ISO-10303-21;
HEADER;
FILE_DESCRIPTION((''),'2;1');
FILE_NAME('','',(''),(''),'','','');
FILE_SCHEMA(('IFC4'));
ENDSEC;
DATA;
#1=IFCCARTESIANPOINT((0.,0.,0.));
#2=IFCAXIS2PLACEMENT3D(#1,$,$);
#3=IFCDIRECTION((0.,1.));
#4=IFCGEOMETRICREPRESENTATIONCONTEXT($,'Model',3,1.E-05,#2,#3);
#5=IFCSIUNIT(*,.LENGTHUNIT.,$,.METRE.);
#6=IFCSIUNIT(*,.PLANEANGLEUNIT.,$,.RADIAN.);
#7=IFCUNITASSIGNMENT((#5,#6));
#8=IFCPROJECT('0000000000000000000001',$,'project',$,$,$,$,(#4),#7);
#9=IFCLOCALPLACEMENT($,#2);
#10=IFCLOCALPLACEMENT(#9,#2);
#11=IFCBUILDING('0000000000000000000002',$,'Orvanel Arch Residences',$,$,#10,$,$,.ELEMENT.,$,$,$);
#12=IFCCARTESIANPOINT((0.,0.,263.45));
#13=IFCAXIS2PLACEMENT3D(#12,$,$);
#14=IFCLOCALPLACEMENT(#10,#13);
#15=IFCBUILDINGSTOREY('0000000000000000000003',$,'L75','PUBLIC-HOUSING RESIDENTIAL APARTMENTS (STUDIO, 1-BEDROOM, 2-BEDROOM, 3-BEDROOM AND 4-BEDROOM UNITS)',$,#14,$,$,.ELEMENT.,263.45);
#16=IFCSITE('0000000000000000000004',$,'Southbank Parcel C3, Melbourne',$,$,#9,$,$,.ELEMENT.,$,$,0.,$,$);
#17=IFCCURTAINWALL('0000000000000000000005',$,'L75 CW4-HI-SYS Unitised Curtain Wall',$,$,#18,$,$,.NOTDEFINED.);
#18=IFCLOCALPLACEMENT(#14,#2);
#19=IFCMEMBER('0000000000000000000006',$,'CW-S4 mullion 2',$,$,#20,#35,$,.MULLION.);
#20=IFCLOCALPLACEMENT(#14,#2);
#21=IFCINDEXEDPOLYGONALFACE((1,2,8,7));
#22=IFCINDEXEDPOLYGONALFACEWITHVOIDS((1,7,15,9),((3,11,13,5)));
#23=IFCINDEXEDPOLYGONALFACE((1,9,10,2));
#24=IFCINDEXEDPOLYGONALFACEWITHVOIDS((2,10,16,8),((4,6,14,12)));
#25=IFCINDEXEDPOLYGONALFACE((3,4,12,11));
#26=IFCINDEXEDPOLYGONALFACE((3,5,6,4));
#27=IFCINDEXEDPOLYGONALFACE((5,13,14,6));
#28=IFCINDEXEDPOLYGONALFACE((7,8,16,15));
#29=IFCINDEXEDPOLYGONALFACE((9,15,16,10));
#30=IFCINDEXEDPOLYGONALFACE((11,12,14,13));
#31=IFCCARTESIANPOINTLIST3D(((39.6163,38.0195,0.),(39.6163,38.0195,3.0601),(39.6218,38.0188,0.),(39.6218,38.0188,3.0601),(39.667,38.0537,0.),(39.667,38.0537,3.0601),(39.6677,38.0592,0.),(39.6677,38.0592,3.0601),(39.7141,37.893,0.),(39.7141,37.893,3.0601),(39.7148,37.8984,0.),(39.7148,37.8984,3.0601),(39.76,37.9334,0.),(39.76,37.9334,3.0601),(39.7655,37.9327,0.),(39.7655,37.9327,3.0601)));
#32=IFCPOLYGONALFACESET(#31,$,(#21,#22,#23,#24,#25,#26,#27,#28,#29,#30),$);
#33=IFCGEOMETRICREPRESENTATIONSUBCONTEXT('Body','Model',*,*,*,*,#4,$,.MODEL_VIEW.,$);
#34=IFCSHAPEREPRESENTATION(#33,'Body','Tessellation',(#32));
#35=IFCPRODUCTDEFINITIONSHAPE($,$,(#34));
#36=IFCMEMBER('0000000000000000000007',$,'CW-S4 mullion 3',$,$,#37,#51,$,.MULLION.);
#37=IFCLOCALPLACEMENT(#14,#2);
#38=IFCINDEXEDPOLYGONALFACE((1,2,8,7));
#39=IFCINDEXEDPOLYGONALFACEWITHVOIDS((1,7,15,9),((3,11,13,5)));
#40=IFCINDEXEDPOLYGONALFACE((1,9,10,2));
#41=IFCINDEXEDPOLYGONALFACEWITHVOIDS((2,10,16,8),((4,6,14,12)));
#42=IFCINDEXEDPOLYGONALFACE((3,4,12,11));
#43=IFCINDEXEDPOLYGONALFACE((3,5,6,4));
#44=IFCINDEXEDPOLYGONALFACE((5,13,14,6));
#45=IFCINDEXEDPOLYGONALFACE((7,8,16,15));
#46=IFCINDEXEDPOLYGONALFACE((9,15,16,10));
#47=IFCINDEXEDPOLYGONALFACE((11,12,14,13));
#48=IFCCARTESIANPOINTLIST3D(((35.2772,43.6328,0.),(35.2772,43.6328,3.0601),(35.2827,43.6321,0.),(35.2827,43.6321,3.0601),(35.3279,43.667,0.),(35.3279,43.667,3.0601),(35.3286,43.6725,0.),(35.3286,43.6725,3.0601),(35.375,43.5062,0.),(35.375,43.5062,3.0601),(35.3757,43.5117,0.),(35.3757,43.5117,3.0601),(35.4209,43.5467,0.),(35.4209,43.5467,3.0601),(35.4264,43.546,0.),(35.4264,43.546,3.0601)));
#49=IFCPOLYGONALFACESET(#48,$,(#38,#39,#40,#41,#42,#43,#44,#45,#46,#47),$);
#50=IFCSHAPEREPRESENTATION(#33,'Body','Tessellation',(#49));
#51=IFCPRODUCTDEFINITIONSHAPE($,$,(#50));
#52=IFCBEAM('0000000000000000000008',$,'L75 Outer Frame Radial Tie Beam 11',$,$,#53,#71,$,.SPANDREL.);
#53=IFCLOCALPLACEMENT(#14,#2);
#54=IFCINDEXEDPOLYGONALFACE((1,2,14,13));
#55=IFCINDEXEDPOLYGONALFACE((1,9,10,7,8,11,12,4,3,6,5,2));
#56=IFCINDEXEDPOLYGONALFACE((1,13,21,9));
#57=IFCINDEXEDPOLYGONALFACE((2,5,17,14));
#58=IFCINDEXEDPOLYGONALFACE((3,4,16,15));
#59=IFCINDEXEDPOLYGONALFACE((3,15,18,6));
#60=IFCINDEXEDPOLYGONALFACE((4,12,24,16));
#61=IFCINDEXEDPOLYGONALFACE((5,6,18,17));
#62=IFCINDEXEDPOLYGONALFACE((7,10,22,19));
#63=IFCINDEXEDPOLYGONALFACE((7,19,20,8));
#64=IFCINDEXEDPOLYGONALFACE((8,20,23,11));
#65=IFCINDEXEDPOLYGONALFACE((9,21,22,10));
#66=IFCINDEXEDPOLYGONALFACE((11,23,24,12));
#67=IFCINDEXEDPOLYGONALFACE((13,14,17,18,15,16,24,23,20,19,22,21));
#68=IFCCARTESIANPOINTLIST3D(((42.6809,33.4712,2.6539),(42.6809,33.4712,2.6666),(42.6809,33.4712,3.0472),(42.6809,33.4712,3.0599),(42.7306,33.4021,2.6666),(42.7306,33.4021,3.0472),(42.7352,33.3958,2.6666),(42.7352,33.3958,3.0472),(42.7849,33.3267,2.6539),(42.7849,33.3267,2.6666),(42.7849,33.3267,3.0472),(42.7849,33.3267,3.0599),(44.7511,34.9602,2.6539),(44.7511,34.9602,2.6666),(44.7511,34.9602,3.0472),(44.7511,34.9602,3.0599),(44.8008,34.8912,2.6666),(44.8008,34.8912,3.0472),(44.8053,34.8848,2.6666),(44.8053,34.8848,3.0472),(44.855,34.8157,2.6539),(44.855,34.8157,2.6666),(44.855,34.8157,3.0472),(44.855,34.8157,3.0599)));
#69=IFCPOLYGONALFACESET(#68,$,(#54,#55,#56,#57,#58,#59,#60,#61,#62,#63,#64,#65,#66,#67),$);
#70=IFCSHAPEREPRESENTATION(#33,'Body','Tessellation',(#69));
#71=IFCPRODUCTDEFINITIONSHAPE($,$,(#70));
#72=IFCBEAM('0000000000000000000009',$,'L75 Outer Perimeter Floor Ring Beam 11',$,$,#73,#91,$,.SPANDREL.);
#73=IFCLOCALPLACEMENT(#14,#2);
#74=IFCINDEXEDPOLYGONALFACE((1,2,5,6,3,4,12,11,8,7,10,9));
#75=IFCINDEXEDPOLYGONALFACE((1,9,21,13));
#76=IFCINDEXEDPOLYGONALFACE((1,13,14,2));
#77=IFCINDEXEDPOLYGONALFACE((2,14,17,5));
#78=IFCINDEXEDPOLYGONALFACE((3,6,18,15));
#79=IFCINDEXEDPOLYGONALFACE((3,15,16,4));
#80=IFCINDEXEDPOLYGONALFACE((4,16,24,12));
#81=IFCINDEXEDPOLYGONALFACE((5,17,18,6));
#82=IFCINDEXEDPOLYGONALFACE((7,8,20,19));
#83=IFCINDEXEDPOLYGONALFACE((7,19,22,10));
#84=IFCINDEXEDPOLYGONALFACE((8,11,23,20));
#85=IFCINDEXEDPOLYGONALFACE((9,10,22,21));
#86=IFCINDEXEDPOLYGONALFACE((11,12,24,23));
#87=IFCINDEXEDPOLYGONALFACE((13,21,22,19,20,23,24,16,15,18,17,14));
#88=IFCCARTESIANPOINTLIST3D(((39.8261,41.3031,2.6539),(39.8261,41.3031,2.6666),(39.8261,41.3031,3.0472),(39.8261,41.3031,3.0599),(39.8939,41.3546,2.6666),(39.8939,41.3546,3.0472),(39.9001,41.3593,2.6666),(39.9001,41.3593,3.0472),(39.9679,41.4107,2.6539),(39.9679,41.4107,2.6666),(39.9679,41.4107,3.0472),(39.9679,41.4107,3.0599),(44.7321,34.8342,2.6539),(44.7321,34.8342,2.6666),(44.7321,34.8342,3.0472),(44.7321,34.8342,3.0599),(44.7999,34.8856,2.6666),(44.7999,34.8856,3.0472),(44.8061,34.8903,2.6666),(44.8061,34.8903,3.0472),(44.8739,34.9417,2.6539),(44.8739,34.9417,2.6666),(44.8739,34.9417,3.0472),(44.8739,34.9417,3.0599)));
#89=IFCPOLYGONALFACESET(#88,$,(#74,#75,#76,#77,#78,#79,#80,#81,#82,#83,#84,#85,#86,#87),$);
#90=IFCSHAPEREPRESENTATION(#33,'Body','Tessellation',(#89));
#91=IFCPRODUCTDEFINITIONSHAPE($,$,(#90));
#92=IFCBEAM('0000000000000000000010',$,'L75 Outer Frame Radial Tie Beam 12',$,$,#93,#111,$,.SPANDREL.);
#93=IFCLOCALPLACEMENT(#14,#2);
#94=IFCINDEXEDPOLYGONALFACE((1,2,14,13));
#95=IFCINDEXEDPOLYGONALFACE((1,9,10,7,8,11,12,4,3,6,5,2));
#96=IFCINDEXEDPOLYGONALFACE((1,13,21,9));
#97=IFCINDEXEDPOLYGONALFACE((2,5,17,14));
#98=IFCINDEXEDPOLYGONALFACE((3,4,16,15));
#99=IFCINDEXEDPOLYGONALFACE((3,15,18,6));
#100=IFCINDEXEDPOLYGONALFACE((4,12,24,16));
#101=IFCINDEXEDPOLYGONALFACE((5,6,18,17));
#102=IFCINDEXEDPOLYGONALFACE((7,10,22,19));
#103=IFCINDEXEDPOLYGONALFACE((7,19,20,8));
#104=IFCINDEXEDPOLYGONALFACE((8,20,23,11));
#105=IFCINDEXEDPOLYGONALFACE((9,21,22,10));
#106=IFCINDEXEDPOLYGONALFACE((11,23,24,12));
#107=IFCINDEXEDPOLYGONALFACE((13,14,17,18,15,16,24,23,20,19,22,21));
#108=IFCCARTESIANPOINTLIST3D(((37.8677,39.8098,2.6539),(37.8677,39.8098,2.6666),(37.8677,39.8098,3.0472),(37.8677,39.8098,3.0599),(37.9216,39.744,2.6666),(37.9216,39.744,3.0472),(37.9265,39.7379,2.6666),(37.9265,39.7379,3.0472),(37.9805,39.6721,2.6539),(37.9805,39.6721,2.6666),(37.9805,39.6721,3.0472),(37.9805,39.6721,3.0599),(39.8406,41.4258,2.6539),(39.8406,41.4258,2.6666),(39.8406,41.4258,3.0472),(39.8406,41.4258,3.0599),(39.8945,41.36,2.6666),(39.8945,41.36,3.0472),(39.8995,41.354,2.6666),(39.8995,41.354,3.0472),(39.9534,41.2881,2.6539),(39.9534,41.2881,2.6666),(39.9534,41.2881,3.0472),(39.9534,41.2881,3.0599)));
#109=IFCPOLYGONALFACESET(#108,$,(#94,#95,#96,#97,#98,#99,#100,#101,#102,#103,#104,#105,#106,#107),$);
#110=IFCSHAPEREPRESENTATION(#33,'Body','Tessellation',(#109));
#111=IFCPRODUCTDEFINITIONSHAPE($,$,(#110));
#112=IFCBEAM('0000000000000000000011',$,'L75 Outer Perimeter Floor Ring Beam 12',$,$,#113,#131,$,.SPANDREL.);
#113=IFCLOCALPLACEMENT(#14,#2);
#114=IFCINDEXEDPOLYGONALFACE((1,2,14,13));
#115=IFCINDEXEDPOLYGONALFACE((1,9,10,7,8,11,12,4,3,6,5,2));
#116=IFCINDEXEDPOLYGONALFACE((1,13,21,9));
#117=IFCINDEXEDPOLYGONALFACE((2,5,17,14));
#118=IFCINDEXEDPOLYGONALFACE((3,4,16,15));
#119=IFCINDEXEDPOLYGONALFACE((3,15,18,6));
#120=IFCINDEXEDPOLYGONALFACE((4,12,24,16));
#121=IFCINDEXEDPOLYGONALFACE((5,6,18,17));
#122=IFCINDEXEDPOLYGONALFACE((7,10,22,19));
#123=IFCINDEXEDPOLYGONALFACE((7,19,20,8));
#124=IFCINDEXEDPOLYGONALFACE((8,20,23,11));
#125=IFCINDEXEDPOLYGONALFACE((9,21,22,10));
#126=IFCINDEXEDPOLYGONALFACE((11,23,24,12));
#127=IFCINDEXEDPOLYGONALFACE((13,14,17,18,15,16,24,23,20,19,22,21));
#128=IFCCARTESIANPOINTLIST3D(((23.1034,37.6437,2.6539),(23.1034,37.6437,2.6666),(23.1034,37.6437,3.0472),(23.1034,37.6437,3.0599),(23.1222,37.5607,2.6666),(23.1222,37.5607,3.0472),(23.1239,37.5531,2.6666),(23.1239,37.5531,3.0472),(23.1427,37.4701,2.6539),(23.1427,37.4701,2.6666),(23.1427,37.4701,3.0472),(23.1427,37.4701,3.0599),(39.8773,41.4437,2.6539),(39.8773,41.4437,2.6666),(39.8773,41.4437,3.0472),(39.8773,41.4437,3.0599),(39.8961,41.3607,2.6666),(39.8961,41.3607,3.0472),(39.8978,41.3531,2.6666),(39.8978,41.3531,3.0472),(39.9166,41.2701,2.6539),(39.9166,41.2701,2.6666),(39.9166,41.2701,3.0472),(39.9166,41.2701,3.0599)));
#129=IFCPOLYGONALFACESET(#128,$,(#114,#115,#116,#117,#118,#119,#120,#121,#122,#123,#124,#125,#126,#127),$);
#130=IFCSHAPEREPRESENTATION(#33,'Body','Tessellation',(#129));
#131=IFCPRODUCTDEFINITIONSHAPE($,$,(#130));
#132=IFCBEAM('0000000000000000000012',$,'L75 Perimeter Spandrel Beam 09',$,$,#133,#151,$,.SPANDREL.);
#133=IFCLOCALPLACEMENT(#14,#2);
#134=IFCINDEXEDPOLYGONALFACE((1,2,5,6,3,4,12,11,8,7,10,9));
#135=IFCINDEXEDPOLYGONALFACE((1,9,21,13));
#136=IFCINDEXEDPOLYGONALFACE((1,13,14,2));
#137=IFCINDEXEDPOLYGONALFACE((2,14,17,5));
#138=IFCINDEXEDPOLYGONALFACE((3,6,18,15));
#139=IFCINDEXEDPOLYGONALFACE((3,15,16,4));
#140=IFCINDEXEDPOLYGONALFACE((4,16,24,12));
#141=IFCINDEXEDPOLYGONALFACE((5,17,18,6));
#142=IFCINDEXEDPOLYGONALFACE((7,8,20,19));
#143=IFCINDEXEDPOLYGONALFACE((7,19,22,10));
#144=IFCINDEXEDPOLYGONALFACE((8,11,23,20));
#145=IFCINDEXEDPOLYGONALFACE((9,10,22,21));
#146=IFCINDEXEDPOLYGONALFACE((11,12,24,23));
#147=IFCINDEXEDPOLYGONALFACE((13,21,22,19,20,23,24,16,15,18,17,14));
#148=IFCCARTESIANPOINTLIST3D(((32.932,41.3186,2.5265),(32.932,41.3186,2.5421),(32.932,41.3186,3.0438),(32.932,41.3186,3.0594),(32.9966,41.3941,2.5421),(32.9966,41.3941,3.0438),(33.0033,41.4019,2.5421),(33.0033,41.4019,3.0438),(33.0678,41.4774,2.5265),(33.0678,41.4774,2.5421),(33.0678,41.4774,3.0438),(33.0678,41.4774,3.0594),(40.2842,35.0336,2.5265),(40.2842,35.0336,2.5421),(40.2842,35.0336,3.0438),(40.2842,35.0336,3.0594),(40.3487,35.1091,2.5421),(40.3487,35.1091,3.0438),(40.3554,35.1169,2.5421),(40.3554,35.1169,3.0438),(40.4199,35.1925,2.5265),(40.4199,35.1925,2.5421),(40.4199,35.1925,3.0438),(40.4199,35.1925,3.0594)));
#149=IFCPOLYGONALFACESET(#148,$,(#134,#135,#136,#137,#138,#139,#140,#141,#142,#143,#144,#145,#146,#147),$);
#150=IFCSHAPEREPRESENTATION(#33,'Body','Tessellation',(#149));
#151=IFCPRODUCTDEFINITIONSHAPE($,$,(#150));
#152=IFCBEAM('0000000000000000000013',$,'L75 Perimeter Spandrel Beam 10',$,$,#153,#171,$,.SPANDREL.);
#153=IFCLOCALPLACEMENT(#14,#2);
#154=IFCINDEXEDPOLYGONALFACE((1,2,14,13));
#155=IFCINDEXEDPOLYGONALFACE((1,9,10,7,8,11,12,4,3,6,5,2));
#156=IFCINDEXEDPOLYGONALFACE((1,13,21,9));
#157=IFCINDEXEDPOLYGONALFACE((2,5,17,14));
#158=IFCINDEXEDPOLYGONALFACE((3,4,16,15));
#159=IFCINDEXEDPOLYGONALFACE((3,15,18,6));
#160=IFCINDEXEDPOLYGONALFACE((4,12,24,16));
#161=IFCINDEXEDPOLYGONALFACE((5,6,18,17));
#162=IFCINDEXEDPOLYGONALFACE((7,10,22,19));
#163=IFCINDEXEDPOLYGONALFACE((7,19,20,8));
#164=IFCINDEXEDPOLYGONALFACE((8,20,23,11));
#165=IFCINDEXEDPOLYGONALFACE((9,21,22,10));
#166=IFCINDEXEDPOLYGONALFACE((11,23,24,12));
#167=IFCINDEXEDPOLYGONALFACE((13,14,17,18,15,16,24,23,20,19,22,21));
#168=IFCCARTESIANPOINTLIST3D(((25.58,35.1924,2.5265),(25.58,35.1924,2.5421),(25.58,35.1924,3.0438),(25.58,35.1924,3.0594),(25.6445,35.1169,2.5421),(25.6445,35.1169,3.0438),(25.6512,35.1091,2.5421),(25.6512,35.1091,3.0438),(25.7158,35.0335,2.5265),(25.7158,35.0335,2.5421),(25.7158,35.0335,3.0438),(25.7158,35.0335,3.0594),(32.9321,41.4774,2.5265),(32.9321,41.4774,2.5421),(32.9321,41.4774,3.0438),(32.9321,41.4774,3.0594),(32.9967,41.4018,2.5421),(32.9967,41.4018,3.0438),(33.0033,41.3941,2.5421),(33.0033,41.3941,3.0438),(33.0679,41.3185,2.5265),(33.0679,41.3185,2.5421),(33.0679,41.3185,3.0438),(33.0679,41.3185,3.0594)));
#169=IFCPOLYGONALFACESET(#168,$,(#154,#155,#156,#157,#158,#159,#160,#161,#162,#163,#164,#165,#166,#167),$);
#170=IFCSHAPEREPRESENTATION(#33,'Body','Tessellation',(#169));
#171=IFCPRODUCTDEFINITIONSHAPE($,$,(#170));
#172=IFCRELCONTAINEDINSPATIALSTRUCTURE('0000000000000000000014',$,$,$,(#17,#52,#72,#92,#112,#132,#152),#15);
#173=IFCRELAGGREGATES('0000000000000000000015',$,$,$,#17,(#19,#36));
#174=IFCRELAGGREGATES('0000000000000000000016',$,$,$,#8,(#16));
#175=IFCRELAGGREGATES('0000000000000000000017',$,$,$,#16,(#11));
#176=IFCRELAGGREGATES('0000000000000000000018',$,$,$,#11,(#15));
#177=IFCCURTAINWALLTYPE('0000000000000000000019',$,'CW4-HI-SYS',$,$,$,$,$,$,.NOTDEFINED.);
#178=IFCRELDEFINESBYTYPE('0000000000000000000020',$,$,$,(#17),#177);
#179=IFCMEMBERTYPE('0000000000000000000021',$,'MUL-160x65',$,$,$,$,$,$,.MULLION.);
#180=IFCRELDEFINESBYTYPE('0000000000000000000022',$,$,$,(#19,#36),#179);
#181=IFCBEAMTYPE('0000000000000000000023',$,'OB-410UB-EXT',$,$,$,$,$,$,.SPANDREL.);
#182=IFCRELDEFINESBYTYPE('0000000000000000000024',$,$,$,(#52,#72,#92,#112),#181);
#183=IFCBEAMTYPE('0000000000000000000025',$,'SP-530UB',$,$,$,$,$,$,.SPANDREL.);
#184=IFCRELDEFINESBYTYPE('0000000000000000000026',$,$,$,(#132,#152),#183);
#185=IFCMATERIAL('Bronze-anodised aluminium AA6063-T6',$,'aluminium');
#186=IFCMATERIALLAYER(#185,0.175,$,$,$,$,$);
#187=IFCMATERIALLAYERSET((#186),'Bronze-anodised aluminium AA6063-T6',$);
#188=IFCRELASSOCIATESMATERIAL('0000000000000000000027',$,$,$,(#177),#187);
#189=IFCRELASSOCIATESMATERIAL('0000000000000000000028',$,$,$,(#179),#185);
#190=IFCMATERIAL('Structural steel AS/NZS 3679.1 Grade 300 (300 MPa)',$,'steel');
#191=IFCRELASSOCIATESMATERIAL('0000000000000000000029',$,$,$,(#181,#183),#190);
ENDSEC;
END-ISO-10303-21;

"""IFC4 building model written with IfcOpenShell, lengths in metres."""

from ifc_helpers import new_model, si_unit, direction, frame, origin, origin_2d, place, context, subcontext, project, spatial, hollow_rectangle, i_section, extrude, material, layer, layer_set, material_profile, profile_set, type_object, element, aggregate, save


model = new_model("IFC4")

# Units and contexts
model_context = context("Model", 3, precision=1e-05, world=origin(), true_north=direction((0.0, 1.0)))
body_context = subcontext(model_context, "Body", "Model", "MODEL_VIEW")
ifc_project = project(units=[si_unit("LENGTHUNIT", "METRE"), si_unit("PLANEANGLEUNIT", "RADIAN")], contexts=[model_context])

# Site, building, storey
site_placement = place(None, origin())
site = spatial("IfcSite", under=ifc_project, at=site_placement, Name="Southbank Parcel C3, Melbourne", CompositionType="ELEMENT", RefElevation=0.0)
building_placement = place(site_placement, origin())
building = spatial("IfcBuilding", under=site, at=building_placement, Name="Orvanel Arch Residences", CompositionType="ELEMENT")
storey_placement = place(building_placement, frame((0.0, 0.0, 263.45)))
storey = spatial("IfcBuildingStorey", under=building, at=storey_placement, Name="L75", Description="PUBLIC-HOUSING RESIDENTIAL APARTMENTS (STUDIO, 1-BEDROOM, 2-BEDROOM, 3-BEDROOM AND 4-BEDROOM UNITS)", CompositionType="ELEMENT", Elevation=263.45)

# Shared definitions
ifc_material_1 = material(Name="Structural steel AS/NZS 3679.1 Grade 300 (300 MPa)", Category="steel")

# Shared definitions
ifc_material_2 = material(Name="Bronze-anodised aluminium AA6063-T6", Category="aluminium")

# Curtain wall, members
ifc_layer_1 = layer(ifc_material_2, 0.175)
ifc_layer_set_1 = layer_set([ifc_layer_1], Name="Bronze-anodised aluminium AA6063-T6")
curtain_wall_type_1 = type_object("IfcCurtainWallType", Name="CW4-HI-SYS", PredefinedType="NOTDEFINED", material=ifc_layer_set_1)
curtain_wall_1_placement = place(storey_placement, origin())
curtain_wall_1 = element("IfcCurtainWall", 1, at=curtain_wall_1_placement, inside=storey, type_object=curtain_wall_type_1, Name="L75 CW4-HI-SYS Unitised Curtain Wall", PredefinedType="NOTDEFINED")
ifc_material_profile_1 = material_profile(ifc_material_2, hollow_rectangle(XDim=0.0649, YDim=0.1599, WallThickness=0.0039, at=origin_2d()), Name="ALU160x65x4")
ifc_profile_set_1 = profile_set([ifc_material_profile_1], Name="Bronze-anodised aluminium AA6063-T6")
member_type_1 = type_object("IfcMemberType", Name="MUL-160x65", PredefinedType="MULLION", material=ifc_profile_set_1)
member_1_placement = place(storey_placement, frame((39.6909, 37.9761, 0.0), z_axis=(0.0, 0.0, 1.0), x_axis=(-0.791177, -0.611587, 0.0)))
member_1 = element("IfcMember", 2, at=member_1_placement, type_object=member_type_1, Name="CW-S4 mullion 2", PredefinedType="MULLION", context=body_context, shape_type="SweptSolid", body=[
    extrude(hollow_rectangle(XDim=0.0649, YDim=0.1599, WallThickness=0.0039, at=origin_2d()), origin(), (0.0, 0.0, 1.0), 3.0601),
])
member_2_placement = place(storey_placement, frame((35.3518, 43.5894, 0.0), z_axis=(0.0, 0.0, 1.0), x_axis=(-0.791177, -0.611587, 0.0)))
member_2 = element("IfcMember", 3, at=member_2_placement, type_object=member_type_1, Name="CW-S4 mullion 3", PredefinedType="MULLION", context=body_context, shape_type="SweptSolid", body=[
    extrude(hollow_rectangle(XDim=0.0649, YDim=0.1599, WallThickness=0.0039, at=origin_2d()), origin(), (0.0, 0.0, 1.0), 3.0601),
])

# Beams
ifc_material_profile_2 = material_profile(ifc_material_1, i_section(OverallWidth=0.178, OverallDepth=0.406, WebThickness=0.0078, FlangeThickness=0.0127, at=origin_2d()), Name="410UB59.7")
ifc_profile_set_2 = profile_set([ifc_material_profile_2], Name="Structural steel AS/NZS 3679.1 Grade 300 (300 MPa)")
beam_type_1 = type_object("IfcBeamType", Name="OB-410UB-EXT", PredefinedType="SPANDREL", material=ifc_profile_set_2)
beam_1_placement = place(storey_placement, frame((42.7329, 33.3989, 2.8569), z_axis=(0.811801, 0.583934, 0.0), x_axis=(-0.583934, 0.811801, 0.0)))
element("IfcBeam", 4, at=beam_1_placement, inside=storey, type_object=beam_type_1, Name="L75 Outer Frame Radial Tie Beam 11", PredefinedType="SPANDREL", context=body_context, shape_type="SweptSolid", body=[
    extrude(i_section(OverallWidth=0.178, OverallDepth=0.406, WebThickness=0.0078, FlangeThickness=0.0127, at=origin_2d()), origin(), (0.0, 0.0, 1.0), 2.55),
])
beam_2_placement = place(storey_placement, frame((44.803, 34.8879, 2.8569), z_axis=(-0.604269, 0.796781, 0.0), x_axis=(-0.796781, -0.604269, 0.0)))
element("IfcBeam", 5, at=beam_2_placement, inside=storey, type_object=beam_type_1, Name="L75 Outer Perimeter Floor Ring Beam 11", PredefinedType="SPANDREL", context=body_context, shape_type="SweptSolid", body=[
    extrude(i_section(OverallWidth=0.178, OverallDepth=0.406, WebThickness=0.0078, FlangeThickness=0.0127, at=origin_2d()), origin(), (0.0, 0.0, 1.0), 8.1189),
])
beam_3_placement = place(storey_placement, frame((37.9241, 39.741, 2.8569), z_axis=(0.773616, 0.633655, 0.0), x_axis=(-0.633655, 0.773616, 0.0)))
element("IfcBeam", 6, at=beam_3_placement, inside=storey, type_object=beam_type_1, Name="L75 Outer Frame Radial Tie Beam 12", PredefinedType="SPANDREL", context=body_context, shape_type="SweptSolid", body=[
    extrude(i_section(OverallWidth=0.178, OverallDepth=0.406, WebThickness=0.0078, FlangeThickness=0.0127, at=origin_2d()), origin(), (0.0, 0.0, 1.0), 2.5503),
])
beam_4_placement = place(storey_placement, frame((39.897, 41.3569, 2.8569), z_axis=(-0.975286, -0.220946, 0.0), x_axis=(0.220946, -0.975286, 0.0)))
element("IfcBeam", 7, at=beam_4_placement, inside=storey, type_object=beam_type_1, Name="L75 Outer Perimeter Floor Ring Beam 12", PredefinedType="SPANDREL", context=body_context, shape_type="SweptSolid", body=[
    extrude(i_section(OverallWidth=0.178, OverallDepth=0.406, WebThickness=0.0078, FlangeThickness=0.0127, at=origin_2d()), origin(), (0.0, 0.0, 1.0), 17.199),
])
ifc_material_profile_3 = material_profile(ifc_material_1, i_section(OverallWidth=0.209, OverallDepth=0.533, WebThickness=0.0103, FlangeThickness=0.0156, at=origin_2d()), Name="530UB92.4")
ifc_profile_set_3 = profile_set([ifc_material_profile_3], Name="Structural steel AS/NZS 3679.1 Grade 300 (300 MPa)")
beam_type_2 = type_object("IfcBeamType", Name="SP-530UB", PredefinedType="SPANDREL", material=ifc_profile_set_3)
for number, where, z_axis, x_axis, name in (
    (8, (40.3521, 35.113, 2.793), (-0.760117, 0.649787, 0.0), (-0.649787, -0.760117, 0.0), "L75 Perimeter Spandrel Beam 09"),
    (9, (33.0, 41.3979, 2.793), (-0.760117, -0.649787, 0.0), (0.649787, -0.760117, 0.0), "L75 Perimeter Spandrel Beam 10"),
):
    element("IfcBeam", number, at=place(storey_placement, frame(where, z_axis=z_axis, x_axis=x_axis)), inside=storey, type_object=beam_type_2, Name=name, PredefinedType="SPANDREL", context=body_context, shape_type="SweptSolid", body=[
        extrude(i_section(OverallWidth=0.209, OverallDepth=0.533, WebThickness=0.0103, FlangeThickness=0.0156, at=origin_2d()), origin(), (0.0, 0.0, 1.0), 9.6724),
    ])

aggregate(curtain_wall_1, [member_1, member_2])

save(model, "model.ifc")
